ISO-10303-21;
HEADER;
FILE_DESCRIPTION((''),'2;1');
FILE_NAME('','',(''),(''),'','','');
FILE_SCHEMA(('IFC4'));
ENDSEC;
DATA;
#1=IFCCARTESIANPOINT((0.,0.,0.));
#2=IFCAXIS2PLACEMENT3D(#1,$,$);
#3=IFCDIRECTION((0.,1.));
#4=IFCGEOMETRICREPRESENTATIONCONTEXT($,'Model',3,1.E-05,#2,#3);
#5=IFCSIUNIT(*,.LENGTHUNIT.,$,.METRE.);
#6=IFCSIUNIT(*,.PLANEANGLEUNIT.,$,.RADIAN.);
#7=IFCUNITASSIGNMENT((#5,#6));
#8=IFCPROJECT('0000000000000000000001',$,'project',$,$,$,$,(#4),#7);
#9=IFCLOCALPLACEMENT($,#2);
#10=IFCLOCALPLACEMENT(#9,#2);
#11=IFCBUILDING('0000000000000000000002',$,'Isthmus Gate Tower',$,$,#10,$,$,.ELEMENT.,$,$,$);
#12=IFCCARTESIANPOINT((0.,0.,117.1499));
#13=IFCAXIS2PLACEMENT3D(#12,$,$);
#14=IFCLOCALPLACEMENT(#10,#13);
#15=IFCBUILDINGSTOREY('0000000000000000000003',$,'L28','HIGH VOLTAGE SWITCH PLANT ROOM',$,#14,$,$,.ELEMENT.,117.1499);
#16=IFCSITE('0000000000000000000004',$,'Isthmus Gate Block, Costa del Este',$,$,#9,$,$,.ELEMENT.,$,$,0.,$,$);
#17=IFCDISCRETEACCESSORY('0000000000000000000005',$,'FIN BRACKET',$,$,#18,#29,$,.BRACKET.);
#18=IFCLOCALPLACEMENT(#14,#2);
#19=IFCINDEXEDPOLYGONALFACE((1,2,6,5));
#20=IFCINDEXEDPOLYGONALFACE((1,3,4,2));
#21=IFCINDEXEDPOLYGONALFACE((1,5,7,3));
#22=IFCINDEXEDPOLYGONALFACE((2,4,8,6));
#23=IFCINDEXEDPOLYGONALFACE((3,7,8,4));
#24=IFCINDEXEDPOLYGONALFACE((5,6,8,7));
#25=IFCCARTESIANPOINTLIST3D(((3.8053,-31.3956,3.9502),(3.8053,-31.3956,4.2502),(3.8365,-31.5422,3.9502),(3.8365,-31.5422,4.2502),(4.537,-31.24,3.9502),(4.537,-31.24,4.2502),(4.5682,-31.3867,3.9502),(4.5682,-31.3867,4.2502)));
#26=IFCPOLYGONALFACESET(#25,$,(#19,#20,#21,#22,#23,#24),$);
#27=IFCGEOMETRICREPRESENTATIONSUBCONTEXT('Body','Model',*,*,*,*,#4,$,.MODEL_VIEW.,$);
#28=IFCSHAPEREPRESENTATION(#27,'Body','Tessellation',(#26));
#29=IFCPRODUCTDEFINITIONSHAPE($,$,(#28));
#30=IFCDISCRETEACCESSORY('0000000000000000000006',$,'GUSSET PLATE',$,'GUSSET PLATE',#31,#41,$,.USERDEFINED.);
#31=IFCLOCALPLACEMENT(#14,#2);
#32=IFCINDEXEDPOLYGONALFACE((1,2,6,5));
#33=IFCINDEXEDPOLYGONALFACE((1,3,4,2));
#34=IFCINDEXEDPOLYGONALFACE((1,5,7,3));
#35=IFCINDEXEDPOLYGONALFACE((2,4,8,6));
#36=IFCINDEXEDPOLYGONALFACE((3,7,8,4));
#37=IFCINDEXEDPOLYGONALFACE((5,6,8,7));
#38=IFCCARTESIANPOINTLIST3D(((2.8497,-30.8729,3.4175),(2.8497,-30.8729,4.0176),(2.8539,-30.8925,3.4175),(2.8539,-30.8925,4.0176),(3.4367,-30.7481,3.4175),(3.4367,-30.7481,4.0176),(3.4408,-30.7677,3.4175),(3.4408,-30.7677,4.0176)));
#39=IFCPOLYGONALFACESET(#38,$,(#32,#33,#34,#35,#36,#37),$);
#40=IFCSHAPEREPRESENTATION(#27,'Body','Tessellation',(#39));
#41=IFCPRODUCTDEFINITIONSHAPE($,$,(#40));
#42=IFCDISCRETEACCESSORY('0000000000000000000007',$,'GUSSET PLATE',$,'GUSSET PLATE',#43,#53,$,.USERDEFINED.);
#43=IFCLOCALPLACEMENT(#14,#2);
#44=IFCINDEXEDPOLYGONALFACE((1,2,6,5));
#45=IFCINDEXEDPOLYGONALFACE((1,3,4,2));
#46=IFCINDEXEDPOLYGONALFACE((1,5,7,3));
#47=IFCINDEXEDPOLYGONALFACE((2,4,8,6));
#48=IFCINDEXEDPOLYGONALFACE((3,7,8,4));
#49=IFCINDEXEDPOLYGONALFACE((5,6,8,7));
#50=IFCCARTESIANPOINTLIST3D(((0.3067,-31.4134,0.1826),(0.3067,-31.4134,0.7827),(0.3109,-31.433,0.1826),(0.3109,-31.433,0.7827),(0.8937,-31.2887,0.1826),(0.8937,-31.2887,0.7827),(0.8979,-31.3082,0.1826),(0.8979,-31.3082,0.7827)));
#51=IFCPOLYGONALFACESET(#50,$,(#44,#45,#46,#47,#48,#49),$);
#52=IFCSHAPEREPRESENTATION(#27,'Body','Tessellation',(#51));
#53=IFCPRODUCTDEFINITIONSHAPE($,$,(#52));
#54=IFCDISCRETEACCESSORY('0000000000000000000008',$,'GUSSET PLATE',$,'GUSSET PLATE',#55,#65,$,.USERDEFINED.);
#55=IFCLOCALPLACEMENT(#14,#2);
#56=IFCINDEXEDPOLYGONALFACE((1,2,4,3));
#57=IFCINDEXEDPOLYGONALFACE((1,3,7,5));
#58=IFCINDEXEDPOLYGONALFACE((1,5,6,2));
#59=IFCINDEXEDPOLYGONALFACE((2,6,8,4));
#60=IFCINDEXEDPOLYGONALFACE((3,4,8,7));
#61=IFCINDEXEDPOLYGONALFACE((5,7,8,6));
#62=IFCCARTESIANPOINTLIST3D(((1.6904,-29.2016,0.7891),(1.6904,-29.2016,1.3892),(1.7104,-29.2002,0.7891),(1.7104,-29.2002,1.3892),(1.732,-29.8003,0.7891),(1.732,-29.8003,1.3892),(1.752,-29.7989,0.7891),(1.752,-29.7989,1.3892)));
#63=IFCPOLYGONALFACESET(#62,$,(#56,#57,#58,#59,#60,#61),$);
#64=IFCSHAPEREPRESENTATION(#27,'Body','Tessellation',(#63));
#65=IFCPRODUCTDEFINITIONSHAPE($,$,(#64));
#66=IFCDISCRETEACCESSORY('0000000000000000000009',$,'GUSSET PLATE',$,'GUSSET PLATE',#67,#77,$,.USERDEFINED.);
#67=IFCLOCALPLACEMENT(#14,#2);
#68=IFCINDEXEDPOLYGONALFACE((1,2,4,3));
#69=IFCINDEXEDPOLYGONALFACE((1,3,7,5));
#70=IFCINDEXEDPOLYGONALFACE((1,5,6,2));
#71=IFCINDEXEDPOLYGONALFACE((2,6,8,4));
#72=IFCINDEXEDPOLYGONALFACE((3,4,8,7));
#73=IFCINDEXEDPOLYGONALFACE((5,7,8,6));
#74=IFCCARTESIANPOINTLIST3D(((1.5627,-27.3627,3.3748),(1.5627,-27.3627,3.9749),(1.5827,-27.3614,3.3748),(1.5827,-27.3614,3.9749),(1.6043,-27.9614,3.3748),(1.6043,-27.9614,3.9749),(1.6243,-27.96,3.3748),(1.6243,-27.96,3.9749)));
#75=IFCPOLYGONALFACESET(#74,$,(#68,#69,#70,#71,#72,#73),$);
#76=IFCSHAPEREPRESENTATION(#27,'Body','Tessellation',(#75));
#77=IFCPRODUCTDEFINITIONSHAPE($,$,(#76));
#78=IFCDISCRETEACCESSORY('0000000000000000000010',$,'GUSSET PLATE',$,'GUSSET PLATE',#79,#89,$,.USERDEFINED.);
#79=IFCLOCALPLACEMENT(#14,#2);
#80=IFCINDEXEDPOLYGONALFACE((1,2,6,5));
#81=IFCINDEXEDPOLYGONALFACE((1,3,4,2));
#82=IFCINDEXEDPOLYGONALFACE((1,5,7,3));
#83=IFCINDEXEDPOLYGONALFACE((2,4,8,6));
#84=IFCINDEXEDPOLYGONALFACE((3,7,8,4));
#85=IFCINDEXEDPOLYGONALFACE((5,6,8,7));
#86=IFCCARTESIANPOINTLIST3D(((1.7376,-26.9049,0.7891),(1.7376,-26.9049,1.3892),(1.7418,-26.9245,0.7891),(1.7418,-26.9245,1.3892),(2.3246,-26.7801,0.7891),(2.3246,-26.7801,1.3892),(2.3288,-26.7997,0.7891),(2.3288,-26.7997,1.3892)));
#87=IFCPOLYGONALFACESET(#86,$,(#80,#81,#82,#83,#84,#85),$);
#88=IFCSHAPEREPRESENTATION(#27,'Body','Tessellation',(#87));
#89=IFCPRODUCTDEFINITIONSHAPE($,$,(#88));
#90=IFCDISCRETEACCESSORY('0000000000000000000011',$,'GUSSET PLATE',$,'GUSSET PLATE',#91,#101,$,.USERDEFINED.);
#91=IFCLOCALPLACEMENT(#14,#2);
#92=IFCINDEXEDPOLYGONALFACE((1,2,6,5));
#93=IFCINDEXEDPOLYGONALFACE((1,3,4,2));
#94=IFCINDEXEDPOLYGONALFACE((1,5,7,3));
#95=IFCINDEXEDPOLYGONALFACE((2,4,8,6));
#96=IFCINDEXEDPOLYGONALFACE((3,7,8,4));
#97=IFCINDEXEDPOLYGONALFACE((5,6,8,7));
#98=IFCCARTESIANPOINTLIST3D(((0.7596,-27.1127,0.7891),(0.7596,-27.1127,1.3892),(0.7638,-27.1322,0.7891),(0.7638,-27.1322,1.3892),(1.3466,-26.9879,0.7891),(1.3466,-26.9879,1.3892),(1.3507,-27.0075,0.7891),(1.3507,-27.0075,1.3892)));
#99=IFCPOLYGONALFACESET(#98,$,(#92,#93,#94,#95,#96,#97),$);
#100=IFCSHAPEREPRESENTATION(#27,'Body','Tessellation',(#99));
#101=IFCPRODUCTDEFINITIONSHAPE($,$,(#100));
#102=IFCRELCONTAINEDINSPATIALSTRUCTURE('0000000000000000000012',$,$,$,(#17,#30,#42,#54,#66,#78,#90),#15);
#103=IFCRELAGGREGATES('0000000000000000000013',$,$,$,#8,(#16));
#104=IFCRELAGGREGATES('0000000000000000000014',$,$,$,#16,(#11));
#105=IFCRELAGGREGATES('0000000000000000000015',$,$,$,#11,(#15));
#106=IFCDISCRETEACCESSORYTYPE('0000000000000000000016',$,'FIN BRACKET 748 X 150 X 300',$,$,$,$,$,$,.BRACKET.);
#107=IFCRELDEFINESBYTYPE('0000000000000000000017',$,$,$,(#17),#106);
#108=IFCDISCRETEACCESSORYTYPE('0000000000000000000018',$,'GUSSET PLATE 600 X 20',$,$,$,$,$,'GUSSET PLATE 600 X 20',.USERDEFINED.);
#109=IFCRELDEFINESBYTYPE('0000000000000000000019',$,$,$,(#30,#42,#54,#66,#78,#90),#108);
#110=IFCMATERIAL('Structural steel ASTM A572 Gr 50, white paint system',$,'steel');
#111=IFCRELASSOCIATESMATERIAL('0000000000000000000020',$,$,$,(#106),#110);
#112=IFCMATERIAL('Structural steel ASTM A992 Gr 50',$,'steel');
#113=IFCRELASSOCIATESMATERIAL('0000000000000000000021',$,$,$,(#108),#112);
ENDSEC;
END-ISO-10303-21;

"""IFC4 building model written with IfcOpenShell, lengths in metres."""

from ifc_helpers import new_model, si_unit, direction, frame, origin, origin_2d, place, context, subcontext, project, spatial, rectangle, extrude, material, type_object, element, save


model = new_model("IFC4")

# Units and contexts
model_context = context("Model", 3, precision=1e-05, world=origin(), true_north=direction((0.0, 1.0)))
body_context = subcontext(model_context, "Body", "Model", "MODEL_VIEW")
ifc_project = project(units=[si_unit("LENGTHUNIT", "METRE"), si_unit("PLANEANGLEUNIT", "RADIAN")], contexts=[model_context])

# Site, building, storey
site_placement = place(None, origin())
site = spatial("IfcSite", under=ifc_project, at=site_placement, Name="Isthmus Gate Block, Costa del Este", CompositionType="ELEMENT", RefElevation=0.0)
building_placement = place(site_placement, origin())
building = spatial("IfcBuilding", under=site, at=building_placement, Name="Isthmus Gate Tower", CompositionType="ELEMENT")
storey_placement = place(building_placement, frame((0.0, 0.0, 117.1499)))
storey = spatial("IfcBuildingStorey", under=building, at=storey_placement, Name="L28", Description="HIGH VOLTAGE SWITCH PLANT ROOM", CompositionType="ELEMENT", Elevation=117.1499)

# Discrete accessories
ifc_material_1 = material(Name="Structural steel ASTM A572 Gr 50, white paint system", Category="steel")
discrete_accessory_type_1 = type_object("IfcDiscreteAccessoryType", Name="FIN BRACKET 748 X 150 X 300", PredefinedType="BRACKET", material=ifc_material_1)
for number, where, z_axis, x_axis, name in (
    (1, (4.1868, -31.3911, 3.9502), (0.0, 0.0, 1.0), (0.207912, -0.978148, 0.0), "FIN BRACKET"),
):
    element("IfcDiscreteAccessory", number, at=place(storey_placement, frame(where, z_axis=z_axis, x_axis=x_axis)), inside=storey, type_object=discrete_accessory_type_1, Name=name, PredefinedType="BRACKET", context=body_context, shape_type="SweptSolid", body=[
        extrude(rectangle(XDim=0.1499, YDim=0.748, at=origin_2d()), origin(), (0.0, 0.0, 1.0), 0.3),
    ])
ifc_material_2 = material(Name="Structural steel ASTM A992 Gr 50", Category="steel")
discrete_accessory_type_2 = type_object("IfcDiscreteAccessoryType", Name="GUSSET PLATE 600 X 20", ElementType="GUSSET PLATE 600 X 20", PredefinedType="USERDEFINED", material=ifc_material_2)
for number, where, z_axis, x_axis, name in (
    (2, (3.1453, -30.8203, 3.4175), (0.0, 0.0, 1.0), (-0.978148, -0.207912, 0.0), "GUSSET PLATE"),
    (3, (0.6023, -31.3608, 0.1826), (0.0, 0.0, 1.0), (-0.978148, -0.207912, 0.0), "GUSSET PLATE"),
    (4, (1.7212, -29.5002, 0.7891), (0.0, 0.0, 1.0), (-0.069333, 0.997594, 0.0), "GUSSET PLATE"),
    (5, (1.5935, -27.6614, 3.3748), (0.0, 0.0, 1.0), (-0.069333, 0.997594, 0.0), "GUSSET PLATE"),
    (6, (2.0332, -26.8523, 0.7891), (0.0, 0.0, 1.0), (0.978148, 0.207912, 0.0), "GUSSET PLATE"),
    (7, (1.0552, -27.0601, 0.7891), (0.0, 0.0, 1.0), (-0.978148, -0.207912, 0.0), "GUSSET PLATE"),
):
    element("IfcDiscreteAccessory", number, at=place(storey_placement, frame(where, z_axis=z_axis, x_axis=x_axis)), inside=storey, type_object=discrete_accessory_type_2, Name=name, ObjectType="GUSSET PLATE", PredefinedType="USERDEFINED", context=body_context, shape_type="SweptSolid", body=[
        extrude(rectangle(XDim=0.6001, YDim=0.02, at=origin_2d()), origin(), (0.0, 0.0, 1.0), 0.6001),
    ])

save(model, "model.ifc")
